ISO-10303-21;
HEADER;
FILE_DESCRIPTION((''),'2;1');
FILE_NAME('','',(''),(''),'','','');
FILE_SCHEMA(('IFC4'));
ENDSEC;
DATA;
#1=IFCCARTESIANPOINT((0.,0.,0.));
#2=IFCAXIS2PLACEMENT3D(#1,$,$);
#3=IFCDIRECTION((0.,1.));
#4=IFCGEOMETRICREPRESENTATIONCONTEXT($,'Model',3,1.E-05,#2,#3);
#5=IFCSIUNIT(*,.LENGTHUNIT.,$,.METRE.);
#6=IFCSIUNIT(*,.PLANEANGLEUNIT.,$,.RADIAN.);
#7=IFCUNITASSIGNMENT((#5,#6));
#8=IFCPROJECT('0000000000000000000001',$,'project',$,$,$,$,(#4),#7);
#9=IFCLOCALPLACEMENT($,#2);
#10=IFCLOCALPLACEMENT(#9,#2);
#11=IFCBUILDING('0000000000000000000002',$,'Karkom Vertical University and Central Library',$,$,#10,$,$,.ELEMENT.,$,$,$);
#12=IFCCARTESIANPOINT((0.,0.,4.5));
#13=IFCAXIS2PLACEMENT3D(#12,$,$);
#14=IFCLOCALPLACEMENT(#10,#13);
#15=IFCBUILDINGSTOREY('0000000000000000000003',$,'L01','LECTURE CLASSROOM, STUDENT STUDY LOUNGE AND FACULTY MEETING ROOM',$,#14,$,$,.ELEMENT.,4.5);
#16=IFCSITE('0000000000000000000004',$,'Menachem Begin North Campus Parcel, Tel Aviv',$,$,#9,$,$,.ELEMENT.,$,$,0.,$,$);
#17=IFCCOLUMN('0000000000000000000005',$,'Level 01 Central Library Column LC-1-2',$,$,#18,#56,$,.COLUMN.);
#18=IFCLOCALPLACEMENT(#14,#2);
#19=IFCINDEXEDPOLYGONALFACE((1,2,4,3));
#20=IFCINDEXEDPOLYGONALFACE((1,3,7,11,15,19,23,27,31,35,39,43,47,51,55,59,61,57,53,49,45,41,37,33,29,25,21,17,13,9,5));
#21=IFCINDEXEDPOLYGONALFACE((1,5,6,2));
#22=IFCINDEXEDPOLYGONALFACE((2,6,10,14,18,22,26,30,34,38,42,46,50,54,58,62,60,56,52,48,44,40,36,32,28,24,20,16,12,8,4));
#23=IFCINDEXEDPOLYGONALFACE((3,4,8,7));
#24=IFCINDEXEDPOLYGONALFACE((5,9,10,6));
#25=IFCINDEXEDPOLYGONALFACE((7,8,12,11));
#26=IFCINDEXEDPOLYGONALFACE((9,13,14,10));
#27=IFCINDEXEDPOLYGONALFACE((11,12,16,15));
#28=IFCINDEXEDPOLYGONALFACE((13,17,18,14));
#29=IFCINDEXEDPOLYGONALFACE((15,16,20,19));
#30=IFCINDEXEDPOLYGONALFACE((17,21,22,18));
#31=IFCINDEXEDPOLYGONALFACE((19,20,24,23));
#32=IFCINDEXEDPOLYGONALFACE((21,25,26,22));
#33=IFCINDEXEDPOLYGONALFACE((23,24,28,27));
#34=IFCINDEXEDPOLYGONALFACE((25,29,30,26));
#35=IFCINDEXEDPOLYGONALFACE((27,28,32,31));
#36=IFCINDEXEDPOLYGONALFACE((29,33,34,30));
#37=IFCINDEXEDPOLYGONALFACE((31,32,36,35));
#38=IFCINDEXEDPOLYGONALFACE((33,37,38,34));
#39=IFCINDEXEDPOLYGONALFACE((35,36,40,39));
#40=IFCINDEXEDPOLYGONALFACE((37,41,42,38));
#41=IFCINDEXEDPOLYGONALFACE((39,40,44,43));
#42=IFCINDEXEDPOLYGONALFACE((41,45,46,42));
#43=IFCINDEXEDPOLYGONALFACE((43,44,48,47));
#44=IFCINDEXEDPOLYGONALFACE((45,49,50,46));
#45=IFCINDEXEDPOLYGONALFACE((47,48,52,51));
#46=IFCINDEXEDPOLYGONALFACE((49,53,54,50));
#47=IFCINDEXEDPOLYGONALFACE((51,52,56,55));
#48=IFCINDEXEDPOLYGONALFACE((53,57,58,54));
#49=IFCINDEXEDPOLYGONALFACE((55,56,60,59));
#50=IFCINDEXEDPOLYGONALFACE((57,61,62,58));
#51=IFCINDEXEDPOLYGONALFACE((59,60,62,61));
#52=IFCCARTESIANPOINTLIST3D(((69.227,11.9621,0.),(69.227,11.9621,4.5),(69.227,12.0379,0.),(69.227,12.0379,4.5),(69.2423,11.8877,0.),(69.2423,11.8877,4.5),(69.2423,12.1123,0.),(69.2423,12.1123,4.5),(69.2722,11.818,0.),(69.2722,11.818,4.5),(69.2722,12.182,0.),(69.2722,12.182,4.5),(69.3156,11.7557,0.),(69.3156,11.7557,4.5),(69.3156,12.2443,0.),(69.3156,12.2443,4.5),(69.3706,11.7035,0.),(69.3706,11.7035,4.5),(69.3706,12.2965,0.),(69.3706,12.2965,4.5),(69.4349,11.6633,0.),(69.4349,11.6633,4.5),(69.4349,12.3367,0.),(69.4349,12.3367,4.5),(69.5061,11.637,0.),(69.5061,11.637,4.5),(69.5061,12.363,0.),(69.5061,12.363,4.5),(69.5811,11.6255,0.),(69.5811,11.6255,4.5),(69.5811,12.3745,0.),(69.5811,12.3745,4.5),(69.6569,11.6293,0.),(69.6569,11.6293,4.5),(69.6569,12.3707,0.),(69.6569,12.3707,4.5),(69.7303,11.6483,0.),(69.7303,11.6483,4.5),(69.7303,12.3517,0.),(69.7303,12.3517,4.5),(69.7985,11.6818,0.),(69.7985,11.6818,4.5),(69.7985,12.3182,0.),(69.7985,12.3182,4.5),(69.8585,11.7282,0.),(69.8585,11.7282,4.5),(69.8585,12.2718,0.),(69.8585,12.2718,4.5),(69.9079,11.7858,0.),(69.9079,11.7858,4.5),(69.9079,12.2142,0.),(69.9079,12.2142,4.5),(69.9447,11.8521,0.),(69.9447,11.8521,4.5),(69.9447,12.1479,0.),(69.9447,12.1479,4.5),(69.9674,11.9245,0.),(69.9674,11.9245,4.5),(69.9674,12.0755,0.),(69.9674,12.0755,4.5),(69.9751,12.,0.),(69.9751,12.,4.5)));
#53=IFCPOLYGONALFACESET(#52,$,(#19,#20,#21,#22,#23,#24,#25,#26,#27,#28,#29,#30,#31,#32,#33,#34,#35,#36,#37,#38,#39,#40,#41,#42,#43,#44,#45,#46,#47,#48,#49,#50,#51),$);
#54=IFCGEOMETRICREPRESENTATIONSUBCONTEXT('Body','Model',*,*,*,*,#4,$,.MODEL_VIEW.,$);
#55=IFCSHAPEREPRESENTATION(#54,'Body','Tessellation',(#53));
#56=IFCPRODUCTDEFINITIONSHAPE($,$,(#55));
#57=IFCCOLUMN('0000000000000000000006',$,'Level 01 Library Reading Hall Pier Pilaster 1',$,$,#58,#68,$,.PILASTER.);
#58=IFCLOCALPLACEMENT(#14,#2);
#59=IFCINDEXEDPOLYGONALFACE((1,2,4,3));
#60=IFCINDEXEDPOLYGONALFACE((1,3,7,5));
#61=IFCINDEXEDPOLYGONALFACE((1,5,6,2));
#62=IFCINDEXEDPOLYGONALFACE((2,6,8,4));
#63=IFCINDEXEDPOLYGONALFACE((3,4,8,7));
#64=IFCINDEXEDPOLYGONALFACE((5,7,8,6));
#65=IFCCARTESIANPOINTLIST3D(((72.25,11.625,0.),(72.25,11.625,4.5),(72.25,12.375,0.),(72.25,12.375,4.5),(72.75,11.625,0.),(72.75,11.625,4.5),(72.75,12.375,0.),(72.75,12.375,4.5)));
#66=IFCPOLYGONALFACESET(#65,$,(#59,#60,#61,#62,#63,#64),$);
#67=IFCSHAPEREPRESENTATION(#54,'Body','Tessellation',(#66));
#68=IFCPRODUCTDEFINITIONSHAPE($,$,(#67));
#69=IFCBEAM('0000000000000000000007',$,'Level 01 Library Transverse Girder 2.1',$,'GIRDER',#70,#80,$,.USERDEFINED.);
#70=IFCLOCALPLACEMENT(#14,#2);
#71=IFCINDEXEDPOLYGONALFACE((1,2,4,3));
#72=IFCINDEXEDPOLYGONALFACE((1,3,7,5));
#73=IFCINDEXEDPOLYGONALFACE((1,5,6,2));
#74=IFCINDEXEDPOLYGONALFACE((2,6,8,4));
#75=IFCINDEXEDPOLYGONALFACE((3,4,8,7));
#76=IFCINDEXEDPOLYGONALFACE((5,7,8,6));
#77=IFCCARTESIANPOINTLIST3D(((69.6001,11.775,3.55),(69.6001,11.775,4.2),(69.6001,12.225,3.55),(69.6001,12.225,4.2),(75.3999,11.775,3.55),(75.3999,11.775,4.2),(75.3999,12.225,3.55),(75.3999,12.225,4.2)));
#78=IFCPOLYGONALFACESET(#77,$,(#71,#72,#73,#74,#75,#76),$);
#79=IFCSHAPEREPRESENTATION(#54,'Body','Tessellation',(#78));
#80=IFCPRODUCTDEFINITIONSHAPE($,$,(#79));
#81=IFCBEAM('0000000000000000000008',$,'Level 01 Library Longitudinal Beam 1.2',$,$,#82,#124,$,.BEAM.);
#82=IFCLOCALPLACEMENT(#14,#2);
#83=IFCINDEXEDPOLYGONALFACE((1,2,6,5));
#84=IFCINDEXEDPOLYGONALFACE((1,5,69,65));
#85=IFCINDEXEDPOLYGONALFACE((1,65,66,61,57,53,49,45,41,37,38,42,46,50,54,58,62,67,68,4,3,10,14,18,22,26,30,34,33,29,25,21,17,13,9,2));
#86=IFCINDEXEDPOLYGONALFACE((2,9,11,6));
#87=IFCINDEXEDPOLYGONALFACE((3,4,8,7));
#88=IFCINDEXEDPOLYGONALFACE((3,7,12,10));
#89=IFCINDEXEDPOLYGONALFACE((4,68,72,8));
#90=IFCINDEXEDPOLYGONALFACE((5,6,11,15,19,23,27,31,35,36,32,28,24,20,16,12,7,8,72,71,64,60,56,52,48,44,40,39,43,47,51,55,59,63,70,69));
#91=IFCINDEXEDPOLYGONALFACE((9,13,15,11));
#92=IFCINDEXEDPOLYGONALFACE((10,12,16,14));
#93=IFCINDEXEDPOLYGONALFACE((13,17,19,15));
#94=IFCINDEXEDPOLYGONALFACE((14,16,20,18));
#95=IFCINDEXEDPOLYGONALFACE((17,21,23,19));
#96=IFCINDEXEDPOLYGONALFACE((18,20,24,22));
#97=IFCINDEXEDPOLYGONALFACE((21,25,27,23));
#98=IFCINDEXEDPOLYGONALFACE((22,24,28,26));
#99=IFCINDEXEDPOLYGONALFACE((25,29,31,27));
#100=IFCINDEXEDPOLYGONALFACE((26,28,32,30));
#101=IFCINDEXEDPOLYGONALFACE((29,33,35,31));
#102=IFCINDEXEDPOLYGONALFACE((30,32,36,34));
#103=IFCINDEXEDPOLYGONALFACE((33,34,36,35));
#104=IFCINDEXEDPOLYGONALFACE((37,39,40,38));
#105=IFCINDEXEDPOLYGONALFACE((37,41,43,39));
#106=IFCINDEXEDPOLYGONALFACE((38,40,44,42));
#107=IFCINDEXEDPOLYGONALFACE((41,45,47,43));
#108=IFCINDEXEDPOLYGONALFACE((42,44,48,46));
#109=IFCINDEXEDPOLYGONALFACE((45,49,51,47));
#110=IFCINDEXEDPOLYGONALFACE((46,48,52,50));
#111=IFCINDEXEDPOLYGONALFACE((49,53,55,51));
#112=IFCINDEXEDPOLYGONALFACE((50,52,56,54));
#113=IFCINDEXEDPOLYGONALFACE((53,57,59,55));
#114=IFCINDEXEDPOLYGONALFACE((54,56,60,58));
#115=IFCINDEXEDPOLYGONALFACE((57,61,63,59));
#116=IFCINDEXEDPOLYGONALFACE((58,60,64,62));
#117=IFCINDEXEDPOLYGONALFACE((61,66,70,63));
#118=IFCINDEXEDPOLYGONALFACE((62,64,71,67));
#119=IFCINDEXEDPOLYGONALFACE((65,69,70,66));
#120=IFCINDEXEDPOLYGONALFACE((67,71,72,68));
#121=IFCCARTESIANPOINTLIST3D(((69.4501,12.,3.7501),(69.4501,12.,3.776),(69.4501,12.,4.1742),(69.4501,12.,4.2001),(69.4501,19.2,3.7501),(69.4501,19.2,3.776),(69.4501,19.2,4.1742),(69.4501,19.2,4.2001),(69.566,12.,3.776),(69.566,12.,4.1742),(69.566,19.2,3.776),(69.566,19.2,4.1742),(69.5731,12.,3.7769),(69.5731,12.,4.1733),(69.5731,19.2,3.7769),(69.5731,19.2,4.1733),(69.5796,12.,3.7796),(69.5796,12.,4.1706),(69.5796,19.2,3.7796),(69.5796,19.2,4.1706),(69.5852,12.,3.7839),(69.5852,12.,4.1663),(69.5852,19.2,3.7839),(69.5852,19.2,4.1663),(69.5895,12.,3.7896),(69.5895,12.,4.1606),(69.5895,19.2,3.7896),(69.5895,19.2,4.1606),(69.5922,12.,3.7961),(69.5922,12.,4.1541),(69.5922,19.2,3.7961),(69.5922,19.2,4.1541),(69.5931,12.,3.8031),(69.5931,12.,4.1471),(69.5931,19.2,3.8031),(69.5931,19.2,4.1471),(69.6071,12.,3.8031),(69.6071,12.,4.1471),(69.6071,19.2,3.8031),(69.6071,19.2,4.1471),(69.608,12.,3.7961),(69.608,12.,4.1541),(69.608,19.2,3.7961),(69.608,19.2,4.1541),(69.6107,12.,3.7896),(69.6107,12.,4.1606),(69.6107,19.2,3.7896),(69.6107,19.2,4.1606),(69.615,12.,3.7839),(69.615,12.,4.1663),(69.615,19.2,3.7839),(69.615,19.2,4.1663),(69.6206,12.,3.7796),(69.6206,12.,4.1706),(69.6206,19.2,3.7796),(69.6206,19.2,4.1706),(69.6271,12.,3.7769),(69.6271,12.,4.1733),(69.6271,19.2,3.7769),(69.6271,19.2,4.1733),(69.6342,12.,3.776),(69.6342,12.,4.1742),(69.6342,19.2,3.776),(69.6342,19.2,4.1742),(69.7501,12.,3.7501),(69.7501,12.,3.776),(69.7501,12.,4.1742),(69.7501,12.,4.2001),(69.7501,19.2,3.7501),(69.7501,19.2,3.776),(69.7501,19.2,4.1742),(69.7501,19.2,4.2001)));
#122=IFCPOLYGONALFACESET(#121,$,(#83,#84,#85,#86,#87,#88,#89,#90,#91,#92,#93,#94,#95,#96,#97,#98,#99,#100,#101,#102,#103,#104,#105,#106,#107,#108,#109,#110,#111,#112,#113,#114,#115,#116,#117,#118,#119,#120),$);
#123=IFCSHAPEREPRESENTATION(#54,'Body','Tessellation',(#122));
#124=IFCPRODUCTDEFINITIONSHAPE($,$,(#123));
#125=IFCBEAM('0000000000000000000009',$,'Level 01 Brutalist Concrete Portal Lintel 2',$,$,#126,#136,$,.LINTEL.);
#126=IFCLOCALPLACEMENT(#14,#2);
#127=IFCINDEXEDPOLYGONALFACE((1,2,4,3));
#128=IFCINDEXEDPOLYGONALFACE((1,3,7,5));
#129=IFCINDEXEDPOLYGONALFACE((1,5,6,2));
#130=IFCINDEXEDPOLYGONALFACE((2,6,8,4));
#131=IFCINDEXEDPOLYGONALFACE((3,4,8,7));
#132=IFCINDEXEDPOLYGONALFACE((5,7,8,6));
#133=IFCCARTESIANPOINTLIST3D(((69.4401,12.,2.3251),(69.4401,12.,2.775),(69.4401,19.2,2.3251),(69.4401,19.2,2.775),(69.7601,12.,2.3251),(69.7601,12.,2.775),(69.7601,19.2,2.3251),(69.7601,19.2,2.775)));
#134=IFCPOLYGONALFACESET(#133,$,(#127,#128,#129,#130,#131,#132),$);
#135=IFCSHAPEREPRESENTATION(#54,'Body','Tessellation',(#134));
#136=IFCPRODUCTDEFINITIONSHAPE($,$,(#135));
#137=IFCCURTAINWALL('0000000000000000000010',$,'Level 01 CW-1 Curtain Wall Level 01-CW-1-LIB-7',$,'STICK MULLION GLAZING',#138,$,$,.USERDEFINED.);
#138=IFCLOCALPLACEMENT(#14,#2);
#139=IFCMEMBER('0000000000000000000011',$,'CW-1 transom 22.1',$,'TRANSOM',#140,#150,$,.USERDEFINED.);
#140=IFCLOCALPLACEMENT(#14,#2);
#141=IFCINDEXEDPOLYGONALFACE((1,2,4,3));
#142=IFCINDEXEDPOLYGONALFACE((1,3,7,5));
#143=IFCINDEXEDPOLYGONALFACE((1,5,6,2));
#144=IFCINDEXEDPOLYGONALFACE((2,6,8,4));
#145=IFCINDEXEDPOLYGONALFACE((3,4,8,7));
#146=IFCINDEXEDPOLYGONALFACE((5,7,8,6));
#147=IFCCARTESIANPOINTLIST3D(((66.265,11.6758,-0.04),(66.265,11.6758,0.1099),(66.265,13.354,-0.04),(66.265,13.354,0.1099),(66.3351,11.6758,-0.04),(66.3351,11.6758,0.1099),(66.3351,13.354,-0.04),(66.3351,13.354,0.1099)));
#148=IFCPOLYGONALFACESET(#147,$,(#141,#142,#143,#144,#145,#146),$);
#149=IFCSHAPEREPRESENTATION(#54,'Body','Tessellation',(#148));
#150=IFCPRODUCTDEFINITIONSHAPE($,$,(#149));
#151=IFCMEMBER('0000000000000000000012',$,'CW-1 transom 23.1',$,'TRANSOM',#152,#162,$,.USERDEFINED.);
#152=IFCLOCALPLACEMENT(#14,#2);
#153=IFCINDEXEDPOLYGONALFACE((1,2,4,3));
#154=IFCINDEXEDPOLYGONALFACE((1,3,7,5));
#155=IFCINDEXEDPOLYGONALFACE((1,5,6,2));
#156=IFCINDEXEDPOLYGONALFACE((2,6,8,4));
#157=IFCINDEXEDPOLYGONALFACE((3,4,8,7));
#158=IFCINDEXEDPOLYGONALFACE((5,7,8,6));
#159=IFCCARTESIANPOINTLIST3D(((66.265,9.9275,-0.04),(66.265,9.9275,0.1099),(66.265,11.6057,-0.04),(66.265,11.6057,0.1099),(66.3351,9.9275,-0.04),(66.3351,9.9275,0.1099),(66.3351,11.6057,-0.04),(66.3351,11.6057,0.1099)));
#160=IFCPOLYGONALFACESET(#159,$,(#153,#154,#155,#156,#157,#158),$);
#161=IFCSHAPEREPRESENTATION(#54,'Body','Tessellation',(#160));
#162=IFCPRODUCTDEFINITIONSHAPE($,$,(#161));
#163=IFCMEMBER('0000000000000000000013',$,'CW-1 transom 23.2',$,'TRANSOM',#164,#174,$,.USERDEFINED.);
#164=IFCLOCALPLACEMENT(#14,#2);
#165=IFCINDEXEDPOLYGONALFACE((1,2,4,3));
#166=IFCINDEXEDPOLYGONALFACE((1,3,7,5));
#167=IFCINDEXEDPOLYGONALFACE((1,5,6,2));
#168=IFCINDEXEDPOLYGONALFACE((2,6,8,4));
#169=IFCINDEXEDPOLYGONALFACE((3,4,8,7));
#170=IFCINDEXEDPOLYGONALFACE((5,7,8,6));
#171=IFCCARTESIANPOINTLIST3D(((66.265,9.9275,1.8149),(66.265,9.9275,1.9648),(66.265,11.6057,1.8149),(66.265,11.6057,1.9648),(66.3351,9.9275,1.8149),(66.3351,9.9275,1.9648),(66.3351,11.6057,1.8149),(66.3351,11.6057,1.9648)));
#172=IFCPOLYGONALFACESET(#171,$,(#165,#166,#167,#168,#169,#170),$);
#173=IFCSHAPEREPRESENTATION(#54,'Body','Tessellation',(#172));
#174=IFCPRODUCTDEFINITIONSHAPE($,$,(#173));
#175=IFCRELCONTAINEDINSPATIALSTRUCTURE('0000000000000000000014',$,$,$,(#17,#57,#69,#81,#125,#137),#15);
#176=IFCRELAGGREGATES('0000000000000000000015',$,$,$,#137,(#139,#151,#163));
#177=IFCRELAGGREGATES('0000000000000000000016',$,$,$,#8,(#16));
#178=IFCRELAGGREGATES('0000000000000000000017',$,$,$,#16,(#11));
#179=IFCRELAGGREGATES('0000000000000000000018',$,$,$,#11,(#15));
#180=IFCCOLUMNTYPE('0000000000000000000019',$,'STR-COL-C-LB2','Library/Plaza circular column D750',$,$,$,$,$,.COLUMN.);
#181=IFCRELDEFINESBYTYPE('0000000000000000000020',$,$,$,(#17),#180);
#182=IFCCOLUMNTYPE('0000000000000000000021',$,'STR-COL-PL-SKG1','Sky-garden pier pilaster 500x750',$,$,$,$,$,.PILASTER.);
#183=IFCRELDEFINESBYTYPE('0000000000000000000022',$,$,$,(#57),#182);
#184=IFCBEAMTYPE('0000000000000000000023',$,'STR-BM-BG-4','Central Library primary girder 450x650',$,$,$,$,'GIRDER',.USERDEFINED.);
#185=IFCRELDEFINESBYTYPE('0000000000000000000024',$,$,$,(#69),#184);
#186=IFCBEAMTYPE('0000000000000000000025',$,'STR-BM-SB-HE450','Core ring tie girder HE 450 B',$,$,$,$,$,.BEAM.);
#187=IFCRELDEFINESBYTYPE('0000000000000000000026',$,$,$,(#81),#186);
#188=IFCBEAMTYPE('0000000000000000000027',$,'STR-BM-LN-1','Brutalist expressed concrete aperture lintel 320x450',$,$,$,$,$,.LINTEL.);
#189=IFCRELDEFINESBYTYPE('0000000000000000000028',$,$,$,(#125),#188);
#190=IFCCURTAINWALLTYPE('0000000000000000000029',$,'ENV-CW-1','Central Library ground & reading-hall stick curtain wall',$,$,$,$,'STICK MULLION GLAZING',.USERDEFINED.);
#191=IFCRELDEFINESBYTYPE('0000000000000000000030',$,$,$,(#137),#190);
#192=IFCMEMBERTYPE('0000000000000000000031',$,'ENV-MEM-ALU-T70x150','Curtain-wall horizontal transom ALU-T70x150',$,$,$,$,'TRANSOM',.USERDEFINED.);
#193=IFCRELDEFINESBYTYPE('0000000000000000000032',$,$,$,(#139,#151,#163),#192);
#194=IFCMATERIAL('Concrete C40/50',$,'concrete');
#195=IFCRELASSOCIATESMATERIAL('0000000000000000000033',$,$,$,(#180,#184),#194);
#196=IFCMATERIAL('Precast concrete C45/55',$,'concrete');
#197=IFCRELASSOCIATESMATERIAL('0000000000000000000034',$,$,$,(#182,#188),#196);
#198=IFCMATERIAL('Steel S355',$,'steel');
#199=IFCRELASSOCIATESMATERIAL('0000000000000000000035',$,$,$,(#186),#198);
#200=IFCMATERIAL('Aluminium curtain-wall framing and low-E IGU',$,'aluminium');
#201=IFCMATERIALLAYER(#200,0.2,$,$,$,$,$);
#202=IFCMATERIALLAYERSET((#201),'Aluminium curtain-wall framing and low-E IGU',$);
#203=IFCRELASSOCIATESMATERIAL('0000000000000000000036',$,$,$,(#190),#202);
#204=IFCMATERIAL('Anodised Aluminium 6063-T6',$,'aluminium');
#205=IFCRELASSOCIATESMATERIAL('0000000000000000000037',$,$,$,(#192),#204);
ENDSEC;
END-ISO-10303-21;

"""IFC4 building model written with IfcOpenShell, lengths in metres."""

from ifc_helpers import new_model, si_unit, direction, frame, origin, origin_with_axes, origin_2d, place, context, subcontext, project, spatial, rectangle, circle, i_section, extrude, source, transform, mapped, material, layer, layer_set, material_profile, profile_set, type_object, element, aggregate, save


model = new_model("IFC4")

# Units and contexts
model_context = context("Model", 3, precision=1e-05, world=origin(), true_north=direction((0.0, 1.0)))
body_context = subcontext(model_context, "Body", "Model", "MODEL_VIEW")
ifc_project = project(units=[si_unit("LENGTHUNIT", "METRE"), si_unit("PLANEANGLEUNIT", "RADIAN")], contexts=[model_context])

# Site, building, storey
site_placement = place(None, origin())
site = spatial("IfcSite", under=ifc_project, at=site_placement, Name="Menachem Begin North Campus Parcel, Tel Aviv", CompositionType="ELEMENT", RefElevation=0.0)
building_placement = place(site_placement, origin())
building = spatial("IfcBuilding", under=site, at=building_placement, Name="Karkom Vertical University and Central Library", CompositionType="ELEMENT")
storey_placement = place(building_placement, frame((0.0, 0.0, 4.5)))
storey = spatial("IfcBuildingStorey", under=building, at=storey_placement, Name="L01", Description="LECTURE CLASSROOM, STUDENT STUDY LOUNGE AND FACULTY MEETING ROOM", CompositionType="ELEMENT", Elevation=4.5)

# Columns
ifc_material_1 = material(Name="Concrete C40/50", Category="concrete")
ifc_material_profile_1 = material_profile(ifc_material_1, circle(Radius=0.375, at=origin_2d()), Name="RC-D750")
ifc_profile_set_1 = profile_set([ifc_material_profile_1], Name="Concrete C40/50")
column_type_1 = type_object("IfcColumnType", Name="STR-COL-C-LB2", Description="Library/Plaza circular column D750", PredefinedType="COLUMN", material=ifc_profile_set_1)
shared_shape_1 = source(origin_with_axes(), body_context, "Body", "SweptSolid", [
    extrude(circle(Radius=0.375, at=origin_2d()), origin(), (0.0, 0.0, 1.0), 4.5),
])
column_1_placement = place(storey_placement, frame((69.6001, 12.0, 0.0), z_axis=(0.0, 0.0, 1.0), x_axis=(1.0, 0.0, 0.0)))
element("IfcColumn", 1, at=column_1_placement, inside=storey, type_object=column_type_1, Name="Level 01 Central Library Column LC-1-2", PredefinedType="COLUMN", context=body_context, shape_type="MappedRepresentation", body=[
    mapped(shared_shape_1, transform((0.0, 0.0, 0.0), scale=1.0)),
])
ifc_material_2 = material(Name="Precast concrete C45/55", Category="concrete")
ifc_material_profile_2 = material_profile(ifc_material_2, rectangle(XDim=0.5, YDim=0.75, at=origin_2d()), Name="PIL-500x750")
ifc_profile_set_2 = profile_set([ifc_material_profile_2], Name="Precast concrete C45/55")
column_type_2 = type_object("IfcColumnType", Name="STR-COL-PL-SKG1", Description="Sky-garden pier pilaster 500x750", PredefinedType="PILASTER", material=ifc_profile_set_2)
shared_shape_2 = source(origin_with_axes(), body_context, "Body", "SweptSolid", [
    extrude(rectangle(XDim=0.5, YDim=0.75, at=origin_2d()), origin(), (0.0, 0.0, 1.0), 4.5),
])
column_2_placement = place(storey_placement, frame((72.5, 12.0, 0.0), z_axis=(0.0, 0.0, 1.0), x_axis=(1.0, 0.0, 0.0)))
element("IfcColumn", 2, at=column_2_placement, inside=storey, type_object=column_type_2, Name="Level 01 Library Reading Hall Pier Pilaster 1", PredefinedType="PILASTER", context=body_context, shape_type="MappedRepresentation", body=[
    mapped(shared_shape_2, transform((0.0, 0.0, 0.0), scale=1.0)),
])

# Beams
ifc_material_profile_3 = material_profile(ifc_material_1, rectangle(XDim=0.45, YDim=0.6499, at=origin_2d()), Name="RCB-450x650")
ifc_profile_set_3 = profile_set([ifc_material_profile_3], Name="Concrete C40/50")
beam_type_1 = type_object("IfcBeamType", Name="STR-BM-BG-4", Description="Central Library primary girder 450x650", ElementType="GIRDER", PredefinedType="USERDEFINED", material=ifc_profile_set_3)
shared_shape_3 = source(origin_with_axes(), body_context, "Body", "SweptSolid", [
    extrude(rectangle(XDim=0.45, YDim=0.6499, at=origin_2d()), origin(), (0.0, 0.0, 1.0), 5.7998),
])
beam_1_placement = place(storey_placement, frame((69.6001, 12.0, 3.875), z_axis=(1.0, 0.0, 0.0), x_axis=(0.0, 1.0, 0.0)))
element("IfcBeam", 3, at=beam_1_placement, inside=storey, type_object=beam_type_1, Name="Level 01 Library Transverse Girder 2.1", ObjectType="GIRDER", PredefinedType="USERDEFINED", context=body_context, shape_type="MappedRepresentation", body=[
    mapped(shared_shape_3, transform((0.0, 0.0, 0.0), scale=1.0)),
])
ifc_material_3 = material(Name="Steel S355", Category="steel")
ifc_material_profile_4 = material_profile(ifc_material_3, i_section(OverallWidth=0.3, OverallDepth=0.45, WebThickness=0.0139, FlangeThickness=0.0259, FilletRadius=0.0271, at=origin_2d()), Name="HE 450 B")
ifc_profile_set_4 = profile_set([ifc_material_profile_4], Name="Steel S355")
beam_type_2 = type_object("IfcBeamType", Name="STR-BM-SB-HE450", Description="Core ring tie girder HE 450 B", PredefinedType="BEAM", material=ifc_profile_set_4)
shared_shape_4 = source(origin_with_axes(), body_context, "Body", "SweptSolid", [
    extrude(i_section(OverallWidth=0.3, OverallDepth=0.45, WebThickness=0.0139, FlangeThickness=0.0259, FilletRadius=0.0271, at=origin_2d()), origin(), (0.0, 0.0, 1.0), 7.2),
])
beam_2_placement = place(storey_placement, frame((69.6001, 12.0, 3.9751), z_axis=(0.0, 1.0, 0.0), x_axis=(-1.0, 0.0, 0.0)))
element("IfcBeam", 4, at=beam_2_placement, inside=storey, type_object=beam_type_2, Name="Level 01 Library Longitudinal Beam 1.2", PredefinedType="BEAM", context=body_context, shape_type="MappedRepresentation", body=[
    mapped(shared_shape_4, transform((0.0, 0.0, 0.0), scale=1.0)),
])
ifc_material_profile_5 = material_profile(ifc_material_2, rectangle(XDim=0.3201, YDim=0.45, at=origin_2d()), Name="RCL-320x450")
ifc_profile_set_5 = profile_set([ifc_material_profile_5], Name="Precast concrete C45/55")
beam_type_3 = type_object("IfcBeamType", Name="STR-BM-LN-1", Description="Brutalist expressed concrete aperture lintel 320x450", PredefinedType="LINTEL", material=ifc_profile_set_5)
shared_shape_5 = source(origin_with_axes(), body_context, "Body", "SweptSolid", [
    extrude(rectangle(XDim=0.3201, YDim=0.45, at=origin_2d()), origin(), (0.0, 0.0, 1.0), 7.2),
])
beam_3_placement = place(storey_placement, frame((69.6001, 12.0, 2.55), z_axis=(0.0, 1.0, 0.0), x_axis=(-1.0, 0.0, 0.0)))
element("IfcBeam", 5, at=beam_3_placement, inside=storey, type_object=beam_type_3, Name="Level 01 Brutalist Concrete Portal Lintel 2", PredefinedType="LINTEL", context=body_context, shape_type="MappedRepresentation", body=[
    mapped(shared_shape_5, transform((0.0, 0.0, 0.0), scale=1.0)),
])

# Curtain wall, members
ifc_material_4 = material(Name="Aluminium curtain-wall framing and low-E IGU", Category="aluminium")
ifc_layer_1 = layer(ifc_material_4, 0.2)
ifc_layer_set_1 = layer_set([ifc_layer_1], Name="Aluminium curtain-wall framing and low-E IGU")
curtain_wall_type = type_object("IfcCurtainWallType", Name="ENV-CW-1", Description="Central Library ground & reading-hall stick curtain wall", ElementType="STICK MULLION GLAZING", PredefinedType="USERDEFINED", material=ifc_layer_set_1)
curtain_wall_placement = place(storey_placement, origin())
curtain_wall = element("IfcCurtainWall", 6, at=curtain_wall_placement, inside=storey, type_object=curtain_wall_type, Name="Level 01 CW-1 Curtain Wall Level 01-CW-1-LIB-7", ObjectType="STICK MULLION GLAZING", PredefinedType="USERDEFINED")
ifc_material_5 = material(Name="Anodised Aluminium 6063-T6", Category="aluminium")
ifc_material_profile_6 = material_profile(ifc_material_5, rectangle(XDim=0.0701, YDim=0.1499, at=origin_2d()), Name="ALU-T70x150")
ifc_profile_set_6 = profile_set([ifc_material_profile_6], Name="Anodised Aluminium 6063-T6")
member_type = type_object("IfcMemberType", Name="ENV-MEM-ALU-T70x150", Description="Curtain-wall horizontal transom ALU-T70x150", ElementType="TRANSOM", PredefinedType="USERDEFINED", material=ifc_profile_set_6)
shared_shape_6 = source(origin_with_axes(), body_context, "Body", "SweptSolid", [
    extrude(rectangle(XDim=0.0701, YDim=0.1499, at=origin_2d()), origin(), (0.0, 0.0, 1.0), 1.6782),
])
member_1_placement = place(storey_placement, frame((66.3, 13.354, 0.0349), z_axis=(0.0, -1.0, 0.0), x_axis=(1.0, 0.0, 0.0)))
member_1 = element("IfcMember", 7, at=member_1_placement, type_object=member_type, Name="CW-1 transom 22.1", ObjectType="TRANSOM", PredefinedType="USERDEFINED", context=body_context, shape_type="MappedRepresentation", body=[
    mapped(shared_shape_6, transform((0.0, 0.0, 0.0), scale=1.0)),
])
member_2_placement = place(storey_placement, frame((66.3, 11.6057, 0.0349), z_axis=(0.0, -1.0, 0.0), x_axis=(1.0, 0.0, 0.0)))
member_2 = element("IfcMember", 8, at=member_2_placement, type_object=member_type, Name="CW-1 transom 23.1", ObjectType="TRANSOM", PredefinedType="USERDEFINED", context=body_context, shape_type="MappedRepresentation", body=[
    mapped(shared_shape_6, transform((0.0, 0.0, 0.0), scale=1.0)),
])
member_3_placement = place(storey_placement, frame((66.3, 11.6057, 1.8899), z_axis=(0.0, -1.0, 0.0), x_axis=(1.0, 0.0, 0.0)))
member_3 = element("IfcMember", 9, at=member_3_placement, type_object=member_type, Name="CW-1 transom 23.2", ObjectType="TRANSOM", PredefinedType="USERDEFINED", context=body_context, shape_type="MappedRepresentation", body=[
    mapped(shared_shape_6, transform((0.0, 0.0, 0.0), scale=1.0)),
])
aggregate(curtain_wall, [member_1, member_2, member_3])

save(model, "model.ifc")
